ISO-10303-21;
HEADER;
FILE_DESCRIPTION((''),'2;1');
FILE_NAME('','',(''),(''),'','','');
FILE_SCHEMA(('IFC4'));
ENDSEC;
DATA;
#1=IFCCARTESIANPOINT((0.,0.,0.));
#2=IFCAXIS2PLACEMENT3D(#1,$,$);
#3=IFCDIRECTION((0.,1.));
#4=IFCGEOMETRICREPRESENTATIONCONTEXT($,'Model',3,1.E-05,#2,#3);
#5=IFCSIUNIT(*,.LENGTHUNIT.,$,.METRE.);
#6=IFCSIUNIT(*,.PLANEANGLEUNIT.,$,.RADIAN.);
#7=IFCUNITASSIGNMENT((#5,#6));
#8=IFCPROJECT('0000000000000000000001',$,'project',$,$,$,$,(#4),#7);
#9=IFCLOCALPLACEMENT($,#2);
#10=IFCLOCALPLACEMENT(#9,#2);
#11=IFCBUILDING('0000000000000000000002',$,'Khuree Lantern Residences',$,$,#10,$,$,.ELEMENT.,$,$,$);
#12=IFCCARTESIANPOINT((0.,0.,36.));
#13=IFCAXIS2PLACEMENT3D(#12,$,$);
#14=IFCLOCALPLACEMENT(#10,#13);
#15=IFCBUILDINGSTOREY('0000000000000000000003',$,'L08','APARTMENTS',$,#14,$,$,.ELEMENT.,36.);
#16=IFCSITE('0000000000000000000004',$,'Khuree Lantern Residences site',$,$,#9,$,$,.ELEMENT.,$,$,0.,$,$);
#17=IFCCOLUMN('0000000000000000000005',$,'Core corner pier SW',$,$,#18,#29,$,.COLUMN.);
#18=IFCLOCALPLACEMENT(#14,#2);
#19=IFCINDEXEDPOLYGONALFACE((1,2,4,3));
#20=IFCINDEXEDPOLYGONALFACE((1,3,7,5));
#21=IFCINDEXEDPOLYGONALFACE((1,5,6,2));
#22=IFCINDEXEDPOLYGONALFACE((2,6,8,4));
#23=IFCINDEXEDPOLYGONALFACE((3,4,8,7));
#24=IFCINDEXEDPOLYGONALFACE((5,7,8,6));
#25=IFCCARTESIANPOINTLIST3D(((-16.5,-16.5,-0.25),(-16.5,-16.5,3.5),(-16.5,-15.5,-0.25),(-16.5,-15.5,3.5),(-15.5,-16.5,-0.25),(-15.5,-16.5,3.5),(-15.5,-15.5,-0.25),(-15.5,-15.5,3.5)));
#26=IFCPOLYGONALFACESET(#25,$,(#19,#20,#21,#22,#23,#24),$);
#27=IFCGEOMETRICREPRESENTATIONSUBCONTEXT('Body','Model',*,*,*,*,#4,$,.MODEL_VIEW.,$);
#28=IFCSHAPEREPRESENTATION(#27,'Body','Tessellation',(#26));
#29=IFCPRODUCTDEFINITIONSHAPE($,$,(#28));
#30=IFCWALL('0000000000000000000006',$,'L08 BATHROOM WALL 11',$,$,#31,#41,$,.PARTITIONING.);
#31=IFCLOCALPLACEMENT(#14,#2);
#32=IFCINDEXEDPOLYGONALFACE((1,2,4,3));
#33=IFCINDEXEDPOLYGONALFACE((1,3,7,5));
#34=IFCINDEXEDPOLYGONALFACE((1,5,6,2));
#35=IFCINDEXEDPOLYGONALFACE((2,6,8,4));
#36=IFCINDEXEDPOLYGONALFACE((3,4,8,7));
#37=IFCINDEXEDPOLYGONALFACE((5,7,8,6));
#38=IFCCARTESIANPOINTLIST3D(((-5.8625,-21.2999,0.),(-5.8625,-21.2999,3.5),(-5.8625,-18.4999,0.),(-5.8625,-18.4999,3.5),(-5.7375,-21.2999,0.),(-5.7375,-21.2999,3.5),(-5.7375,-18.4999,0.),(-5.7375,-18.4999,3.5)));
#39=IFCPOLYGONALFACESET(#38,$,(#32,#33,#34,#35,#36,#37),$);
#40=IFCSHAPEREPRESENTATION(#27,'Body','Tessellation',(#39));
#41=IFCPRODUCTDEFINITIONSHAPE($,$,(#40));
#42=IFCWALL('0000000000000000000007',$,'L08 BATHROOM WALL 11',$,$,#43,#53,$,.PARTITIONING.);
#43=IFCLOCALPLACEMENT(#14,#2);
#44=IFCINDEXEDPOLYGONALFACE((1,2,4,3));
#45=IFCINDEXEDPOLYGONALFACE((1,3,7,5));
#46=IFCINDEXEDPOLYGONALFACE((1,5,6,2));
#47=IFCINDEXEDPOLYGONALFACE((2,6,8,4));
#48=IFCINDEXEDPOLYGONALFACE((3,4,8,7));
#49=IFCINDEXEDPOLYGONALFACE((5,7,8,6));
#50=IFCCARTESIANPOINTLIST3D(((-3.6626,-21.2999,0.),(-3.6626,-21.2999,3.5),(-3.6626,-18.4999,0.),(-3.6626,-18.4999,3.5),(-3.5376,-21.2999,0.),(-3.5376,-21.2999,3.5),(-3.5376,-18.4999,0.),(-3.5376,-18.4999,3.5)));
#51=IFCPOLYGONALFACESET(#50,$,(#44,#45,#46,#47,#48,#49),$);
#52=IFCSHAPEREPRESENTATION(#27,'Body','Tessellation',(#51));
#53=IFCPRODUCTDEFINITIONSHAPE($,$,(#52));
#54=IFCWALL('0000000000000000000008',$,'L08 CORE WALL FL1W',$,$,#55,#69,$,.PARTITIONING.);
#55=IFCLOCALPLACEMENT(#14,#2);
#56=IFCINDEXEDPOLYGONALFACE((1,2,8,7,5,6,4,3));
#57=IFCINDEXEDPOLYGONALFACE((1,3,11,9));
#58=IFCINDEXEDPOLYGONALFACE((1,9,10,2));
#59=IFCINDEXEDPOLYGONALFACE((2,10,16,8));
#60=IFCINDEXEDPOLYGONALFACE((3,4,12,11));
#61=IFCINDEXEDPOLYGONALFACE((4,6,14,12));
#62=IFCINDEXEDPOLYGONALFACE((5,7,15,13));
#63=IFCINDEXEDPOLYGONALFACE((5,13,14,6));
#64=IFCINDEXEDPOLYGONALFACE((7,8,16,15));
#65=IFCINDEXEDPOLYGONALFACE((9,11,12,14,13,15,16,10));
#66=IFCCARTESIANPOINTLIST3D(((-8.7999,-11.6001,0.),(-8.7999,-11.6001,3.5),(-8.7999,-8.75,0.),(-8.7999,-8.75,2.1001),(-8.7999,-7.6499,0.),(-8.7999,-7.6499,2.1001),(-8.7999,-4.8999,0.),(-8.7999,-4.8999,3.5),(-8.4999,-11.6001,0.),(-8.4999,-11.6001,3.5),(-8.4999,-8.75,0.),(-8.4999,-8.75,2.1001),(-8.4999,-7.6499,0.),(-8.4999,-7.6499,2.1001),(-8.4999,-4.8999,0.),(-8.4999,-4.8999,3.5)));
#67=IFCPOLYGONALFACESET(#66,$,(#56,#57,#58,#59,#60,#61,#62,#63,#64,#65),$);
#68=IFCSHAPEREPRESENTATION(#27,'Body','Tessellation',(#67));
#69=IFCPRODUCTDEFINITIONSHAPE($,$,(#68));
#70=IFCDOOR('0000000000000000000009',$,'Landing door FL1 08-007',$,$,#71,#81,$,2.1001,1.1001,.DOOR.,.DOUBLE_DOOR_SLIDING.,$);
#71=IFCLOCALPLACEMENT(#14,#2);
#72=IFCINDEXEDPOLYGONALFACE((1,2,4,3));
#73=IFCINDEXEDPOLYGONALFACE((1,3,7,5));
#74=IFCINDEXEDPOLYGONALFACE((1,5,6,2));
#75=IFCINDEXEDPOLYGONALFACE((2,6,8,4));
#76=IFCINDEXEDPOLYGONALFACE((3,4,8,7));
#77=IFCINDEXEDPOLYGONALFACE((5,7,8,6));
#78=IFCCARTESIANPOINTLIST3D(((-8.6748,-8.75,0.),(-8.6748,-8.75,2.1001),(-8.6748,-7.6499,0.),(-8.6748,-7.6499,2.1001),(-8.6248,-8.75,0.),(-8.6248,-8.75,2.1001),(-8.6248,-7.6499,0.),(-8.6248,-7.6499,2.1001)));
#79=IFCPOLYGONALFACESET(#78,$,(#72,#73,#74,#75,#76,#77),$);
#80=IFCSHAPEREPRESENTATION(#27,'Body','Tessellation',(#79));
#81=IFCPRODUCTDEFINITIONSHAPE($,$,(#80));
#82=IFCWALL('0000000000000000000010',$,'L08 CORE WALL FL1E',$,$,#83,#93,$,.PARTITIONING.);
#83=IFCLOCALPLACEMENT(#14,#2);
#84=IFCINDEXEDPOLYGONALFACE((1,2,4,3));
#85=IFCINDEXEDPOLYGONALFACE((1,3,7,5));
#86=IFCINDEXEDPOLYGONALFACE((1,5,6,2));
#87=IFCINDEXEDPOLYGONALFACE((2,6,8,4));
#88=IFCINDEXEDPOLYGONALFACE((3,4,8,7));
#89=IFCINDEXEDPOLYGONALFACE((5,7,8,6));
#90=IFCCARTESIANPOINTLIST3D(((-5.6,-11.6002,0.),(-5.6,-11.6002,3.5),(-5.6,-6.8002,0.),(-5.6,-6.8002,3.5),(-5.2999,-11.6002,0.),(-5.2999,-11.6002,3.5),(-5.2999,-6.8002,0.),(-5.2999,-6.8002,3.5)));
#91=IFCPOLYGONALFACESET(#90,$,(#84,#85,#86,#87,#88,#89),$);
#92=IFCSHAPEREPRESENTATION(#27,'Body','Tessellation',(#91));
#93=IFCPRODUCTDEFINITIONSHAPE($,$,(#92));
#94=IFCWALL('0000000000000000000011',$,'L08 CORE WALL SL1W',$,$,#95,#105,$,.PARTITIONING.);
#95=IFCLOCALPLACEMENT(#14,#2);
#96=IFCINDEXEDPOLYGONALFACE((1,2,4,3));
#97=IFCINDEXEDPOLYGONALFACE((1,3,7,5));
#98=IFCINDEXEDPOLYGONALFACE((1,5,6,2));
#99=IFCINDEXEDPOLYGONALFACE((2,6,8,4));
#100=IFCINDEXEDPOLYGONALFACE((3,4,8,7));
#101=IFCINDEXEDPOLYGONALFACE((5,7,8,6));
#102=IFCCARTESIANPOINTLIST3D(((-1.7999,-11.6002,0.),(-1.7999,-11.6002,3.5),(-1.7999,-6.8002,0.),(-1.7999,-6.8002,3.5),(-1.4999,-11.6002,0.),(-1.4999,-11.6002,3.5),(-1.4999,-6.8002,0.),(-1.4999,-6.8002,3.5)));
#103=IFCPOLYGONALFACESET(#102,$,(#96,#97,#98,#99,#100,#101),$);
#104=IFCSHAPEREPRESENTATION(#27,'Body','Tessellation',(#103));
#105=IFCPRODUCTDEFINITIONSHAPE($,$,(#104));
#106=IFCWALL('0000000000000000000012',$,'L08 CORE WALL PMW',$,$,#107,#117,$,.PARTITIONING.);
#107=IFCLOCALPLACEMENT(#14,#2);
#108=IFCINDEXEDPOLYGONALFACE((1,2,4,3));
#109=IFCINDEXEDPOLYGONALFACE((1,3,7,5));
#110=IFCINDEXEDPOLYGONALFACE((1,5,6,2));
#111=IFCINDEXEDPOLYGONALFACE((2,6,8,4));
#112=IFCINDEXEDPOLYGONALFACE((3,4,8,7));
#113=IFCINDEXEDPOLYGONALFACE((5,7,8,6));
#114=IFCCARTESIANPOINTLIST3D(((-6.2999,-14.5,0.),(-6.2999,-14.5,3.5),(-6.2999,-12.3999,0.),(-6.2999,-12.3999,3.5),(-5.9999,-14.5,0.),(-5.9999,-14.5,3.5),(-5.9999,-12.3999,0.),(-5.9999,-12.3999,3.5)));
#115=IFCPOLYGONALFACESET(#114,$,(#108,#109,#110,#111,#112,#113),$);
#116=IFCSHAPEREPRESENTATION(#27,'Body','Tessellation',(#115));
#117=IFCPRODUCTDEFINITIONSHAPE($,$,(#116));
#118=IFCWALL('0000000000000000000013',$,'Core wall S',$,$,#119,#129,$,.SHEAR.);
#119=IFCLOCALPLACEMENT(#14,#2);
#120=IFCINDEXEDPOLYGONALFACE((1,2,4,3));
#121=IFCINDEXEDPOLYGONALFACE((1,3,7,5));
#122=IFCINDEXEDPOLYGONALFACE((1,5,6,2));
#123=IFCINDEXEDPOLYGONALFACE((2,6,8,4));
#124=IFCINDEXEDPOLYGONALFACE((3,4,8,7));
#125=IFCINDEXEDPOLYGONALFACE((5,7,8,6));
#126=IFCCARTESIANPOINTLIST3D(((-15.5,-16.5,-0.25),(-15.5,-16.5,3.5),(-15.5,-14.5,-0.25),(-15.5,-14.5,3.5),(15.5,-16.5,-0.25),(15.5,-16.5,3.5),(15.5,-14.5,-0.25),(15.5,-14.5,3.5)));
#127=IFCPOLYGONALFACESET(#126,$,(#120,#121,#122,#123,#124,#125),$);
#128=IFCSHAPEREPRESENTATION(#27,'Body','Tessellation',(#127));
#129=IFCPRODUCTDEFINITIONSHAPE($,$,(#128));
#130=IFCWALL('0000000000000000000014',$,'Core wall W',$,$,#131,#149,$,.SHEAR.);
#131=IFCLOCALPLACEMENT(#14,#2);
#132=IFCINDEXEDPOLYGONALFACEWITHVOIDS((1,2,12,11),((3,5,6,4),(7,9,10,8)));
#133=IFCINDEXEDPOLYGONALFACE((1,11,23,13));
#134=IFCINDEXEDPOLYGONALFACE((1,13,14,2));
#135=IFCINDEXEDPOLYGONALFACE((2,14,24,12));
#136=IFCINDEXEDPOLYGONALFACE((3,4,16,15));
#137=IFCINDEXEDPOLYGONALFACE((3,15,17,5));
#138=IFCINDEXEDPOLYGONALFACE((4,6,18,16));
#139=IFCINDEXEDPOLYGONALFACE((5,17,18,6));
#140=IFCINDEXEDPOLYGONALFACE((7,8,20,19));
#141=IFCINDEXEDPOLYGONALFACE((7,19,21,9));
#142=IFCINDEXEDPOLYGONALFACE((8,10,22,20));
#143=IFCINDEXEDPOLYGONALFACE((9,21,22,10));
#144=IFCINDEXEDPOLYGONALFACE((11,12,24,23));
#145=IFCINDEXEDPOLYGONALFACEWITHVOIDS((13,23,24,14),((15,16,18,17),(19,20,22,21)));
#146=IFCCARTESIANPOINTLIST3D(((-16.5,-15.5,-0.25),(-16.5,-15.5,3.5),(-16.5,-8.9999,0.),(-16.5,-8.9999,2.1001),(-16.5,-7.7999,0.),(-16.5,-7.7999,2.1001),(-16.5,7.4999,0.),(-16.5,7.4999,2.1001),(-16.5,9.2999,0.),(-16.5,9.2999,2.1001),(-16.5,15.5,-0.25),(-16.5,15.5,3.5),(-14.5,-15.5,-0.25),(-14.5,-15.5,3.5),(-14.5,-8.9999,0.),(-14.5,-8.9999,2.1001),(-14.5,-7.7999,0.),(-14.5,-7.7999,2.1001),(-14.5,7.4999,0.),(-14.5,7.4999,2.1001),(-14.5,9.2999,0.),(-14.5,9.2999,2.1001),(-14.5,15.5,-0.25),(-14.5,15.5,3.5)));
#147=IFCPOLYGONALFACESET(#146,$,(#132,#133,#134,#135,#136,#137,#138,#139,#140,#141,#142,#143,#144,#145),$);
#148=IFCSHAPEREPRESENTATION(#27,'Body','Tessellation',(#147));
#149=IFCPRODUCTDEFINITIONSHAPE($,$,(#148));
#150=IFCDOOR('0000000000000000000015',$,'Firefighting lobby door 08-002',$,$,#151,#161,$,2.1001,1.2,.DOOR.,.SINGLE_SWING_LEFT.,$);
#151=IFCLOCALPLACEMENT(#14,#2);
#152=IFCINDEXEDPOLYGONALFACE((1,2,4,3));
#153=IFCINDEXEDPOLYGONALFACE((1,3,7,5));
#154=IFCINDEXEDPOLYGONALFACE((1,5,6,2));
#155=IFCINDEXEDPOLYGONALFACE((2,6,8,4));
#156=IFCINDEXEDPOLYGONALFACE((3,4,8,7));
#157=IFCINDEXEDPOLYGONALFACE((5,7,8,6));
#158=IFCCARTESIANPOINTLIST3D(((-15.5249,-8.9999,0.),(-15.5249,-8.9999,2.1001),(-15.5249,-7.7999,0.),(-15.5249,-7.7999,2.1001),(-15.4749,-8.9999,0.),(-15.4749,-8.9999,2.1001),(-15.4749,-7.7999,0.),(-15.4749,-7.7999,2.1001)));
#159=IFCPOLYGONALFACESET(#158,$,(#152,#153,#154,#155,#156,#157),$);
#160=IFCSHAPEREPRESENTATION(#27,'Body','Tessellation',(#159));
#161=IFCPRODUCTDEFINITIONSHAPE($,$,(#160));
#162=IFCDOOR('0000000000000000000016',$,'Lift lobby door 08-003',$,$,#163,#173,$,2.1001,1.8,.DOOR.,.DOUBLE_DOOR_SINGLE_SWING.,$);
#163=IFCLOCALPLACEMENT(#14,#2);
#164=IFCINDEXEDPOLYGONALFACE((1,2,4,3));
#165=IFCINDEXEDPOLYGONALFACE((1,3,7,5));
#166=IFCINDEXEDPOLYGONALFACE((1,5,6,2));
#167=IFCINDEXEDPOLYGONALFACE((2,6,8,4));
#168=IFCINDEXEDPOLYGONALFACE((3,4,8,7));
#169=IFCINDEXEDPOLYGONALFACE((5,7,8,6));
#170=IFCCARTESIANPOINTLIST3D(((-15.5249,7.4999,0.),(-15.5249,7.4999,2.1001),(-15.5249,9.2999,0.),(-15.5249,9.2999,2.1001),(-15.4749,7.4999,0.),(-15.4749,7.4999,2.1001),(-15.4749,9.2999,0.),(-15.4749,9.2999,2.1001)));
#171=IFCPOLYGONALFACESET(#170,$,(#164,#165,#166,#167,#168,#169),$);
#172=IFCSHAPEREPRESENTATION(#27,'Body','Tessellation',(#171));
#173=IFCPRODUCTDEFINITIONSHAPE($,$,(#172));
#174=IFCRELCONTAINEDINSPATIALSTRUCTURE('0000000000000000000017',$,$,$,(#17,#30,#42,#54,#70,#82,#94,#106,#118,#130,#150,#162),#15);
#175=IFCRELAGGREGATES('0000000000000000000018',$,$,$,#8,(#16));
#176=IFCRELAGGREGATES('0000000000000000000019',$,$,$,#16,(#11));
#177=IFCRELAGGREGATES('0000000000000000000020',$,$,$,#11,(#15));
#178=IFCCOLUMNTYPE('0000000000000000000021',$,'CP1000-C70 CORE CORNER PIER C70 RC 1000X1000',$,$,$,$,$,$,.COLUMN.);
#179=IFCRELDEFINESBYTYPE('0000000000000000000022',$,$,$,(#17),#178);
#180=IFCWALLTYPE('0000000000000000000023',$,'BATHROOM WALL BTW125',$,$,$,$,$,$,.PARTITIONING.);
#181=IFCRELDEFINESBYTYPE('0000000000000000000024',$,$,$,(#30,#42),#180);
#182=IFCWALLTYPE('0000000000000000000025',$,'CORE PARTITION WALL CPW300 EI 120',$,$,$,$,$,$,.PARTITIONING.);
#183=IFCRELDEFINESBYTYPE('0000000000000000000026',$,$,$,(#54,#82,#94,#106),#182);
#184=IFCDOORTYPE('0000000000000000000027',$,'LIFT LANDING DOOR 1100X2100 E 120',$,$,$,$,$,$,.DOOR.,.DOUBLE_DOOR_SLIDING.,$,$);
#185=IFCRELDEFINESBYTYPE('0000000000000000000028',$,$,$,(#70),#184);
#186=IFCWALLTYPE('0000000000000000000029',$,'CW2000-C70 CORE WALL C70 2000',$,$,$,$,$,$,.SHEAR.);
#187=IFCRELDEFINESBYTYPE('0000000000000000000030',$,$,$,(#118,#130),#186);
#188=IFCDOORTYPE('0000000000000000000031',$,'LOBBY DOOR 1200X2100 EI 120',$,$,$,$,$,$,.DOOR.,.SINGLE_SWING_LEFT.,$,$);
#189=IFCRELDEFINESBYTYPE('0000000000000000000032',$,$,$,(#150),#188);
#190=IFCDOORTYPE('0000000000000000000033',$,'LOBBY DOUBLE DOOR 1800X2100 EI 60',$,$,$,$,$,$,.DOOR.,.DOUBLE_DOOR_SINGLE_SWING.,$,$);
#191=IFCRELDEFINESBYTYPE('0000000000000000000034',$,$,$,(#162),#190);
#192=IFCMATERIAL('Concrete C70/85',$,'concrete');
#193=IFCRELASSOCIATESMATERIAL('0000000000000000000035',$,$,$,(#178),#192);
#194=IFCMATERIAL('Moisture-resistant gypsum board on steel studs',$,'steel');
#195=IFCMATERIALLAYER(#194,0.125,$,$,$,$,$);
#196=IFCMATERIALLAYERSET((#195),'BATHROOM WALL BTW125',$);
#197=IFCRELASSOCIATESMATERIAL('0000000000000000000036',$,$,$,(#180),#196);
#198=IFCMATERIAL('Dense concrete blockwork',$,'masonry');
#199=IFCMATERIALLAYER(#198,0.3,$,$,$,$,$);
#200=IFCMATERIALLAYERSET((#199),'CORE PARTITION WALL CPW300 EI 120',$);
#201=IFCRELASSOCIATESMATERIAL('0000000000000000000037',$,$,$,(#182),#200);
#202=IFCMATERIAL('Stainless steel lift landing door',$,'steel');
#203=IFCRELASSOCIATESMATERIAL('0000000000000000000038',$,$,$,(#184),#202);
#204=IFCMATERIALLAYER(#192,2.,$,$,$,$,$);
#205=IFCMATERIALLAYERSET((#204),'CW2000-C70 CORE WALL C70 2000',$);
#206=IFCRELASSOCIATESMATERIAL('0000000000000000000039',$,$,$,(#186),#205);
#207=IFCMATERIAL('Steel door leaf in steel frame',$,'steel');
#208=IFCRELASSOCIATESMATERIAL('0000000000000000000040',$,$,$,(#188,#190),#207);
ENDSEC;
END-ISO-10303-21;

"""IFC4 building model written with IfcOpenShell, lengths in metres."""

from ifc_helpers import new_model, si_unit, direction, frame, frame_2d, origin, origin_2d, place, context, subcontext, project, spatial, rectangle, extrude, material, layer, layer_set, material_profile, profile_set, type_object, element, fill, save


model = new_model("IFC4")

# Units and contexts
model_context = context("Model", 3, precision=1e-05, world=origin(), true_north=direction((0.0, 1.0)))
body_context = subcontext(model_context, "Body", "Model", "MODEL_VIEW")
ifc_project = project(units=[si_unit("LENGTHUNIT", "METRE"), si_unit("PLANEANGLEUNIT", "RADIAN")], contexts=[model_context])

# Site, building, storey
site_placement = place(None, origin())
site = spatial("IfcSite", under=ifc_project, at=site_placement, Name="Khuree Lantern Residences site", CompositionType="ELEMENT", RefElevation=0.0)
building_placement = place(site_placement, origin())
building = spatial("IfcBuilding", under=site, at=building_placement, Name="Khuree Lantern Residences", CompositionType="ELEMENT")
storey_placement = place(building_placement, frame((0.0, 0.0, 36.0)))
storey = spatial("IfcBuildingStorey", under=building, at=storey_placement, Name="L08", Description="APARTMENTS", CompositionType="ELEMENT", Elevation=36.0)

# Column
ifc_material_1 = material(Name="Concrete C70/85", Category="concrete")
ifc_material_profile = material_profile(ifc_material_1, rectangle(XDim=1.0, YDim=1.0, at=origin_2d()), Name="RC 1000X1000")
ifc_profile_set = profile_set([ifc_material_profile], Name="Concrete C70/85")
column_type = type_object("IfcColumnType", Name="CP1000-C70 CORE CORNER PIER C70 RC 1000X1000", PredefinedType="COLUMN", material=ifc_profile_set)
column_placement = place(storey_placement, frame((-16.0, -16.0, -0.25), z_axis=(0.0, 0.0, 1.0), x_axis=(1.0, 0.0, 0.0)))
element("IfcColumn", 1, at=column_placement, inside=storey, type_object=column_type, Name="Core corner pier SW", PredefinedType="COLUMN", context=body_context, shape_type="SweptSolid", body=[
    extrude(rectangle(XDim=1.0, YDim=1.0, at=origin_2d()), origin(), (0.0, 0.0, 1.0), 3.75),
])

# Walls
ifc_material_2 = material(Name="Moisture-resistant gypsum board on steel studs", Category="steel")
ifc_layer_1 = layer(ifc_material_2, 0.125)
ifc_layer_set_1 = layer_set([ifc_layer_1], Name="BATHROOM WALL BTW125")
wall_type_1 = type_object("IfcWallType", Name="BATHROOM WALL BTW125", PredefinedType="PARTITIONING", material=ifc_layer_set_1)
for number, where, z_axis, x_axis, name in (
    (2, (-5.8, -18.5, 0.0), (0.0, 0.0, 1.0), (0.0, -1.0, 0.0), "L08 BATHROOM WALL 11"),
    (3, (-3.6001, -18.5, 0.0), (0.0, 0.0, 1.0), (0.0, -1.0, 0.0), "L08 BATHROOM WALL 11"),
):
    element("IfcWall", number, at=place(storey_placement, frame(where, z_axis=z_axis, x_axis=x_axis)), inside=storey, type_object=wall_type_1, Name=name, PredefinedType="PARTITIONING", context=body_context, shape_type="SweptSolid", body=[
        extrude(rectangle(XDim=2.8, YDim=0.125, at=frame_2d((1.3999, 0.0))), origin(), (0.0, 0.0, 1.0), 3.5),
    ])

# Wall, opening, door
ifc_material_3 = material(Name="Dense concrete blockwork", Category="masonry")
ifc_layer_2 = layer(ifc_material_3, 0.3)
ifc_layer_set_2 = layer_set([ifc_layer_2], Name="CORE PARTITION WALL CPW300 EI 120")
wall_type_2 = type_object("IfcWallType", Name="CORE PARTITION WALL CPW300 EI 120", PredefinedType="PARTITIONING", material=ifc_layer_set_2)
wall_1_placement = place(storey_placement, frame((-8.6499, -11.6001, 0.0), z_axis=(0.0, 0.0, 1.0), x_axis=(0.0, 1.0, 0.0)))
wall_1 = element("IfcWall", 4, at=wall_1_placement, inside=storey, type_object=wall_type_2, Name="L08 CORE WALL FL1W", PredefinedType="PARTITIONING", context=body_context, shape_type="SweptSolid", body=[
    extrude(rectangle(XDim=6.7002, YDim=0.3, at=frame_2d((3.3501, 0.0))), origin(), (0.0, 0.0, 1.0), 3.5),
])
opening_1_placement = place(wall_1_placement, frame((2.8501, 0.0, 0.0)))
opening_1 = element("IfcOpeningElement", 5, at=opening_1_placement, cuts=wall_1, PredefinedType="OPENING", context=body_context, shape_type="SweptSolid", body=[
    extrude(rectangle(XDim=1.1001, YDim=2.1001, at=frame_2d((0.55, 1.05))), frame((0.0, 0.1602, 0.0), z_axis=(0.0, -1.0, 0.0), x_axis=(1.0, 0.0, 0.0)), (0.0, 0.0, 1.0), 0.3201),
])
ifc_material_4 = material(Name="Stainless steel lift landing door", Category="steel")
door_type_1 = type_object("IfcDoorType", Name="LIFT LANDING DOOR 1100X2100 E 120", OperationType="DOUBLE_DOOR_SLIDING", PredefinedType="DOOR", material=ifc_material_4)
door_1_placement = place(opening_1_placement, origin())
door_1 = element("IfcDoor", 6, at=door_1_placement, inside=storey, type_object=door_type_1, Name="Landing door FL1 08-007", OperationType="DOUBLE_DOOR_SLIDING", OverallHeight=2.1001, OverallWidth=1.1001, PredefinedType="DOOR", context=body_context, shape_type="SweptSolid", body=[
    extrude(rectangle(XDim=1.1001, YDim=2.1001, at=frame_2d((0.55, 1.05))), frame((0.0, 0.0249, 0.0), z_axis=(0.0, -1.0, 0.0), x_axis=(1.0, 0.0, 0.0)), (0.0, 0.0, 1.0), 0.05),
])
fill(opening_1, door_1)

# Walls
for number, where, z_axis, x_axis, name in (
    (7, (-5.45, -11.6001, 0.0), (0.0, 0.0, 1.0), (0.0, 1.0, 0.0), "L08 CORE WALL FL1E"),
    (8, (-1.6499, -11.6001, 0.0), (0.0, 0.0, 1.0), (0.0, 1.0, 0.0), "L08 CORE WALL SL1W"),
):
    element("IfcWall", number, at=place(storey_placement, frame(where, z_axis=z_axis, x_axis=x_axis)), inside=storey, type_object=wall_type_2, Name=name, PredefinedType="PARTITIONING", context=body_context, shape_type="SweptSolid", body=[
        extrude(rectangle(XDim=4.8, YDim=0.3, at=frame_2d((2.3999, 0.0))), origin(), (0.0, 0.0, 1.0), 3.5),
    ])
wall_2_placement = place(storey_placement, frame((-6.1499, -14.5, 0.0), z_axis=(0.0, 0.0, 1.0), x_axis=(0.0, 1.0, 0.0)))
element("IfcWall", 9, at=wall_2_placement, inside=storey, type_object=wall_type_2, Name="L08 CORE WALL PMW", PredefinedType="PARTITIONING", context=body_context, shape_type="SweptSolid", body=[
    extrude(rectangle(XDim=2.1001, YDim=0.3, at=frame_2d((1.05, 0.0))), origin(), (0.0, 0.0, 1.0), 3.5),
])
ifc_layer_3 = layer(ifc_material_1, 2.0)
ifc_layer_set_3 = layer_set([ifc_layer_3], Name="CW2000-C70 CORE WALL C70 2000")
wall_type_3 = type_object("IfcWallType", Name="CW2000-C70 CORE WALL C70 2000", PredefinedType="SHEAR", material=ifc_layer_set_3)
wall_3_placement = place(storey_placement, frame((-15.5, -15.5, -0.25), z_axis=(0.0, 0.0, 1.0), x_axis=(1.0, 0.0, 0.0)))
element("IfcWall", 10, at=wall_3_placement, inside=storey, type_object=wall_type_3, Name="Core wall S", PredefinedType="SHEAR", context=body_context, shape_type="SweptSolid", body=[
    extrude(rectangle(XDim=31.0, YDim=2.0, at=frame_2d((15.5, 0.0))), origin(), (0.0, 0.0, 1.0), 3.75),
])

# Wall, openings, doors
wall_4_placement = place(storey_placement, frame((-15.5, -15.5, -0.25), z_axis=(0.0, 0.0, 1.0), x_axis=(0.0, 1.0, 0.0)))
wall_4 = element("IfcWall", 11, at=wall_4_placement, inside=storey, type_object=wall_type_3, Name="Core wall W", PredefinedType="SHEAR", context=body_context, shape_type="SweptSolid", body=[
    extrude(rectangle(XDim=31.0, YDim=2.0, at=frame_2d((15.5, 0.0))), origin(), (0.0, 0.0, 1.0), 3.75),
])
opening_2_placement = place(wall_4_placement, frame((6.5, 0.0, 0.25)))
opening_2 = element("IfcOpeningElement", 12, at=opening_2_placement, cuts=wall_4, PredefinedType="OPENING", context=body_context, shape_type="SweptSolid", body=[
    extrude(rectangle(XDim=1.2, YDim=2.1001, at=frame_2d((0.6001, 1.05))), frame((0.0, 1.01, 0.0), z_axis=(0.0, -1.0, 0.0), x_axis=(1.0, 0.0, 0.0)), (0.0, 0.0, 1.0), 2.02),
])
opening_3_placement = place(wall_4_placement, frame((23.0, 0.0, 0.25)))
opening_3 = element("IfcOpeningElement", 13, at=opening_3_placement, cuts=wall_4, PredefinedType="OPENING", context=body_context, shape_type="SweptSolid", body=[
    extrude(rectangle(XDim=1.8, YDim=2.1001, at=frame_2d((0.8999, 1.05))), frame((0.0, 1.01, 0.0), z_axis=(0.0, -1.0, 0.0), x_axis=(1.0, 0.0, 0.0)), (0.0, 0.0, 1.0), 2.02),
])
ifc_material_5 = material(Name="Steel door leaf in steel frame", Category="steel")
door_type_2 = type_object("IfcDoorType", Name="LOBBY DOOR 1200X2100 EI 120", OperationType="SINGLE_SWING_LEFT", PredefinedType="DOOR", material=ifc_material_5)
door_2_placement = place(opening_2_placement, origin())
door_2 = element("IfcDoor", 14, at=door_2_placement, inside=storey, type_object=door_type_2, Name="Firefighting lobby door 08-002", OperationType="SINGLE_SWING_LEFT", OverallHeight=2.1001, OverallWidth=1.2, PredefinedType="DOOR", context=body_context, shape_type="SweptSolid", body=[
    extrude(rectangle(XDim=1.2, YDim=2.1001, at=frame_2d((0.6001, 1.05))), frame((0.0, 0.0249, 0.0), z_axis=(0.0, -1.0, 0.0), x_axis=(1.0, 0.0, 0.0)), (0.0, 0.0, 1.0), 0.05),
])
fill(opening_2, door_2)
door_type_3 = type_object("IfcDoorType", Name="LOBBY DOUBLE DOOR 1800X2100 EI 60", OperationType="DOUBLE_DOOR_SINGLE_SWING", PredefinedType="DOOR", material=ifc_material_5)
door_3_placement = place(opening_3_placement, origin())
door_3 = element("IfcDoor", 15, at=door_3_placement, inside=storey, type_object=door_type_3, Name="Lift lobby door 08-003", OperationType="DOUBLE_DOOR_SINGLE_SWING", OverallHeight=2.1001, OverallWidth=1.8, PredefinedType="DOOR", context=body_context, shape_type="SweptSolid", body=[
    extrude(rectangle(XDim=1.8, YDim=2.1001, at=frame_2d((0.8999, 1.05))), frame((0.0, 0.0249, 0.0), z_axis=(0.0, -1.0, 0.0), x_axis=(1.0, 0.0, 0.0)), (0.0, 0.0, 1.0), 0.05),
])
fill(opening_3, door_3)

save(model, "model.ifc")
